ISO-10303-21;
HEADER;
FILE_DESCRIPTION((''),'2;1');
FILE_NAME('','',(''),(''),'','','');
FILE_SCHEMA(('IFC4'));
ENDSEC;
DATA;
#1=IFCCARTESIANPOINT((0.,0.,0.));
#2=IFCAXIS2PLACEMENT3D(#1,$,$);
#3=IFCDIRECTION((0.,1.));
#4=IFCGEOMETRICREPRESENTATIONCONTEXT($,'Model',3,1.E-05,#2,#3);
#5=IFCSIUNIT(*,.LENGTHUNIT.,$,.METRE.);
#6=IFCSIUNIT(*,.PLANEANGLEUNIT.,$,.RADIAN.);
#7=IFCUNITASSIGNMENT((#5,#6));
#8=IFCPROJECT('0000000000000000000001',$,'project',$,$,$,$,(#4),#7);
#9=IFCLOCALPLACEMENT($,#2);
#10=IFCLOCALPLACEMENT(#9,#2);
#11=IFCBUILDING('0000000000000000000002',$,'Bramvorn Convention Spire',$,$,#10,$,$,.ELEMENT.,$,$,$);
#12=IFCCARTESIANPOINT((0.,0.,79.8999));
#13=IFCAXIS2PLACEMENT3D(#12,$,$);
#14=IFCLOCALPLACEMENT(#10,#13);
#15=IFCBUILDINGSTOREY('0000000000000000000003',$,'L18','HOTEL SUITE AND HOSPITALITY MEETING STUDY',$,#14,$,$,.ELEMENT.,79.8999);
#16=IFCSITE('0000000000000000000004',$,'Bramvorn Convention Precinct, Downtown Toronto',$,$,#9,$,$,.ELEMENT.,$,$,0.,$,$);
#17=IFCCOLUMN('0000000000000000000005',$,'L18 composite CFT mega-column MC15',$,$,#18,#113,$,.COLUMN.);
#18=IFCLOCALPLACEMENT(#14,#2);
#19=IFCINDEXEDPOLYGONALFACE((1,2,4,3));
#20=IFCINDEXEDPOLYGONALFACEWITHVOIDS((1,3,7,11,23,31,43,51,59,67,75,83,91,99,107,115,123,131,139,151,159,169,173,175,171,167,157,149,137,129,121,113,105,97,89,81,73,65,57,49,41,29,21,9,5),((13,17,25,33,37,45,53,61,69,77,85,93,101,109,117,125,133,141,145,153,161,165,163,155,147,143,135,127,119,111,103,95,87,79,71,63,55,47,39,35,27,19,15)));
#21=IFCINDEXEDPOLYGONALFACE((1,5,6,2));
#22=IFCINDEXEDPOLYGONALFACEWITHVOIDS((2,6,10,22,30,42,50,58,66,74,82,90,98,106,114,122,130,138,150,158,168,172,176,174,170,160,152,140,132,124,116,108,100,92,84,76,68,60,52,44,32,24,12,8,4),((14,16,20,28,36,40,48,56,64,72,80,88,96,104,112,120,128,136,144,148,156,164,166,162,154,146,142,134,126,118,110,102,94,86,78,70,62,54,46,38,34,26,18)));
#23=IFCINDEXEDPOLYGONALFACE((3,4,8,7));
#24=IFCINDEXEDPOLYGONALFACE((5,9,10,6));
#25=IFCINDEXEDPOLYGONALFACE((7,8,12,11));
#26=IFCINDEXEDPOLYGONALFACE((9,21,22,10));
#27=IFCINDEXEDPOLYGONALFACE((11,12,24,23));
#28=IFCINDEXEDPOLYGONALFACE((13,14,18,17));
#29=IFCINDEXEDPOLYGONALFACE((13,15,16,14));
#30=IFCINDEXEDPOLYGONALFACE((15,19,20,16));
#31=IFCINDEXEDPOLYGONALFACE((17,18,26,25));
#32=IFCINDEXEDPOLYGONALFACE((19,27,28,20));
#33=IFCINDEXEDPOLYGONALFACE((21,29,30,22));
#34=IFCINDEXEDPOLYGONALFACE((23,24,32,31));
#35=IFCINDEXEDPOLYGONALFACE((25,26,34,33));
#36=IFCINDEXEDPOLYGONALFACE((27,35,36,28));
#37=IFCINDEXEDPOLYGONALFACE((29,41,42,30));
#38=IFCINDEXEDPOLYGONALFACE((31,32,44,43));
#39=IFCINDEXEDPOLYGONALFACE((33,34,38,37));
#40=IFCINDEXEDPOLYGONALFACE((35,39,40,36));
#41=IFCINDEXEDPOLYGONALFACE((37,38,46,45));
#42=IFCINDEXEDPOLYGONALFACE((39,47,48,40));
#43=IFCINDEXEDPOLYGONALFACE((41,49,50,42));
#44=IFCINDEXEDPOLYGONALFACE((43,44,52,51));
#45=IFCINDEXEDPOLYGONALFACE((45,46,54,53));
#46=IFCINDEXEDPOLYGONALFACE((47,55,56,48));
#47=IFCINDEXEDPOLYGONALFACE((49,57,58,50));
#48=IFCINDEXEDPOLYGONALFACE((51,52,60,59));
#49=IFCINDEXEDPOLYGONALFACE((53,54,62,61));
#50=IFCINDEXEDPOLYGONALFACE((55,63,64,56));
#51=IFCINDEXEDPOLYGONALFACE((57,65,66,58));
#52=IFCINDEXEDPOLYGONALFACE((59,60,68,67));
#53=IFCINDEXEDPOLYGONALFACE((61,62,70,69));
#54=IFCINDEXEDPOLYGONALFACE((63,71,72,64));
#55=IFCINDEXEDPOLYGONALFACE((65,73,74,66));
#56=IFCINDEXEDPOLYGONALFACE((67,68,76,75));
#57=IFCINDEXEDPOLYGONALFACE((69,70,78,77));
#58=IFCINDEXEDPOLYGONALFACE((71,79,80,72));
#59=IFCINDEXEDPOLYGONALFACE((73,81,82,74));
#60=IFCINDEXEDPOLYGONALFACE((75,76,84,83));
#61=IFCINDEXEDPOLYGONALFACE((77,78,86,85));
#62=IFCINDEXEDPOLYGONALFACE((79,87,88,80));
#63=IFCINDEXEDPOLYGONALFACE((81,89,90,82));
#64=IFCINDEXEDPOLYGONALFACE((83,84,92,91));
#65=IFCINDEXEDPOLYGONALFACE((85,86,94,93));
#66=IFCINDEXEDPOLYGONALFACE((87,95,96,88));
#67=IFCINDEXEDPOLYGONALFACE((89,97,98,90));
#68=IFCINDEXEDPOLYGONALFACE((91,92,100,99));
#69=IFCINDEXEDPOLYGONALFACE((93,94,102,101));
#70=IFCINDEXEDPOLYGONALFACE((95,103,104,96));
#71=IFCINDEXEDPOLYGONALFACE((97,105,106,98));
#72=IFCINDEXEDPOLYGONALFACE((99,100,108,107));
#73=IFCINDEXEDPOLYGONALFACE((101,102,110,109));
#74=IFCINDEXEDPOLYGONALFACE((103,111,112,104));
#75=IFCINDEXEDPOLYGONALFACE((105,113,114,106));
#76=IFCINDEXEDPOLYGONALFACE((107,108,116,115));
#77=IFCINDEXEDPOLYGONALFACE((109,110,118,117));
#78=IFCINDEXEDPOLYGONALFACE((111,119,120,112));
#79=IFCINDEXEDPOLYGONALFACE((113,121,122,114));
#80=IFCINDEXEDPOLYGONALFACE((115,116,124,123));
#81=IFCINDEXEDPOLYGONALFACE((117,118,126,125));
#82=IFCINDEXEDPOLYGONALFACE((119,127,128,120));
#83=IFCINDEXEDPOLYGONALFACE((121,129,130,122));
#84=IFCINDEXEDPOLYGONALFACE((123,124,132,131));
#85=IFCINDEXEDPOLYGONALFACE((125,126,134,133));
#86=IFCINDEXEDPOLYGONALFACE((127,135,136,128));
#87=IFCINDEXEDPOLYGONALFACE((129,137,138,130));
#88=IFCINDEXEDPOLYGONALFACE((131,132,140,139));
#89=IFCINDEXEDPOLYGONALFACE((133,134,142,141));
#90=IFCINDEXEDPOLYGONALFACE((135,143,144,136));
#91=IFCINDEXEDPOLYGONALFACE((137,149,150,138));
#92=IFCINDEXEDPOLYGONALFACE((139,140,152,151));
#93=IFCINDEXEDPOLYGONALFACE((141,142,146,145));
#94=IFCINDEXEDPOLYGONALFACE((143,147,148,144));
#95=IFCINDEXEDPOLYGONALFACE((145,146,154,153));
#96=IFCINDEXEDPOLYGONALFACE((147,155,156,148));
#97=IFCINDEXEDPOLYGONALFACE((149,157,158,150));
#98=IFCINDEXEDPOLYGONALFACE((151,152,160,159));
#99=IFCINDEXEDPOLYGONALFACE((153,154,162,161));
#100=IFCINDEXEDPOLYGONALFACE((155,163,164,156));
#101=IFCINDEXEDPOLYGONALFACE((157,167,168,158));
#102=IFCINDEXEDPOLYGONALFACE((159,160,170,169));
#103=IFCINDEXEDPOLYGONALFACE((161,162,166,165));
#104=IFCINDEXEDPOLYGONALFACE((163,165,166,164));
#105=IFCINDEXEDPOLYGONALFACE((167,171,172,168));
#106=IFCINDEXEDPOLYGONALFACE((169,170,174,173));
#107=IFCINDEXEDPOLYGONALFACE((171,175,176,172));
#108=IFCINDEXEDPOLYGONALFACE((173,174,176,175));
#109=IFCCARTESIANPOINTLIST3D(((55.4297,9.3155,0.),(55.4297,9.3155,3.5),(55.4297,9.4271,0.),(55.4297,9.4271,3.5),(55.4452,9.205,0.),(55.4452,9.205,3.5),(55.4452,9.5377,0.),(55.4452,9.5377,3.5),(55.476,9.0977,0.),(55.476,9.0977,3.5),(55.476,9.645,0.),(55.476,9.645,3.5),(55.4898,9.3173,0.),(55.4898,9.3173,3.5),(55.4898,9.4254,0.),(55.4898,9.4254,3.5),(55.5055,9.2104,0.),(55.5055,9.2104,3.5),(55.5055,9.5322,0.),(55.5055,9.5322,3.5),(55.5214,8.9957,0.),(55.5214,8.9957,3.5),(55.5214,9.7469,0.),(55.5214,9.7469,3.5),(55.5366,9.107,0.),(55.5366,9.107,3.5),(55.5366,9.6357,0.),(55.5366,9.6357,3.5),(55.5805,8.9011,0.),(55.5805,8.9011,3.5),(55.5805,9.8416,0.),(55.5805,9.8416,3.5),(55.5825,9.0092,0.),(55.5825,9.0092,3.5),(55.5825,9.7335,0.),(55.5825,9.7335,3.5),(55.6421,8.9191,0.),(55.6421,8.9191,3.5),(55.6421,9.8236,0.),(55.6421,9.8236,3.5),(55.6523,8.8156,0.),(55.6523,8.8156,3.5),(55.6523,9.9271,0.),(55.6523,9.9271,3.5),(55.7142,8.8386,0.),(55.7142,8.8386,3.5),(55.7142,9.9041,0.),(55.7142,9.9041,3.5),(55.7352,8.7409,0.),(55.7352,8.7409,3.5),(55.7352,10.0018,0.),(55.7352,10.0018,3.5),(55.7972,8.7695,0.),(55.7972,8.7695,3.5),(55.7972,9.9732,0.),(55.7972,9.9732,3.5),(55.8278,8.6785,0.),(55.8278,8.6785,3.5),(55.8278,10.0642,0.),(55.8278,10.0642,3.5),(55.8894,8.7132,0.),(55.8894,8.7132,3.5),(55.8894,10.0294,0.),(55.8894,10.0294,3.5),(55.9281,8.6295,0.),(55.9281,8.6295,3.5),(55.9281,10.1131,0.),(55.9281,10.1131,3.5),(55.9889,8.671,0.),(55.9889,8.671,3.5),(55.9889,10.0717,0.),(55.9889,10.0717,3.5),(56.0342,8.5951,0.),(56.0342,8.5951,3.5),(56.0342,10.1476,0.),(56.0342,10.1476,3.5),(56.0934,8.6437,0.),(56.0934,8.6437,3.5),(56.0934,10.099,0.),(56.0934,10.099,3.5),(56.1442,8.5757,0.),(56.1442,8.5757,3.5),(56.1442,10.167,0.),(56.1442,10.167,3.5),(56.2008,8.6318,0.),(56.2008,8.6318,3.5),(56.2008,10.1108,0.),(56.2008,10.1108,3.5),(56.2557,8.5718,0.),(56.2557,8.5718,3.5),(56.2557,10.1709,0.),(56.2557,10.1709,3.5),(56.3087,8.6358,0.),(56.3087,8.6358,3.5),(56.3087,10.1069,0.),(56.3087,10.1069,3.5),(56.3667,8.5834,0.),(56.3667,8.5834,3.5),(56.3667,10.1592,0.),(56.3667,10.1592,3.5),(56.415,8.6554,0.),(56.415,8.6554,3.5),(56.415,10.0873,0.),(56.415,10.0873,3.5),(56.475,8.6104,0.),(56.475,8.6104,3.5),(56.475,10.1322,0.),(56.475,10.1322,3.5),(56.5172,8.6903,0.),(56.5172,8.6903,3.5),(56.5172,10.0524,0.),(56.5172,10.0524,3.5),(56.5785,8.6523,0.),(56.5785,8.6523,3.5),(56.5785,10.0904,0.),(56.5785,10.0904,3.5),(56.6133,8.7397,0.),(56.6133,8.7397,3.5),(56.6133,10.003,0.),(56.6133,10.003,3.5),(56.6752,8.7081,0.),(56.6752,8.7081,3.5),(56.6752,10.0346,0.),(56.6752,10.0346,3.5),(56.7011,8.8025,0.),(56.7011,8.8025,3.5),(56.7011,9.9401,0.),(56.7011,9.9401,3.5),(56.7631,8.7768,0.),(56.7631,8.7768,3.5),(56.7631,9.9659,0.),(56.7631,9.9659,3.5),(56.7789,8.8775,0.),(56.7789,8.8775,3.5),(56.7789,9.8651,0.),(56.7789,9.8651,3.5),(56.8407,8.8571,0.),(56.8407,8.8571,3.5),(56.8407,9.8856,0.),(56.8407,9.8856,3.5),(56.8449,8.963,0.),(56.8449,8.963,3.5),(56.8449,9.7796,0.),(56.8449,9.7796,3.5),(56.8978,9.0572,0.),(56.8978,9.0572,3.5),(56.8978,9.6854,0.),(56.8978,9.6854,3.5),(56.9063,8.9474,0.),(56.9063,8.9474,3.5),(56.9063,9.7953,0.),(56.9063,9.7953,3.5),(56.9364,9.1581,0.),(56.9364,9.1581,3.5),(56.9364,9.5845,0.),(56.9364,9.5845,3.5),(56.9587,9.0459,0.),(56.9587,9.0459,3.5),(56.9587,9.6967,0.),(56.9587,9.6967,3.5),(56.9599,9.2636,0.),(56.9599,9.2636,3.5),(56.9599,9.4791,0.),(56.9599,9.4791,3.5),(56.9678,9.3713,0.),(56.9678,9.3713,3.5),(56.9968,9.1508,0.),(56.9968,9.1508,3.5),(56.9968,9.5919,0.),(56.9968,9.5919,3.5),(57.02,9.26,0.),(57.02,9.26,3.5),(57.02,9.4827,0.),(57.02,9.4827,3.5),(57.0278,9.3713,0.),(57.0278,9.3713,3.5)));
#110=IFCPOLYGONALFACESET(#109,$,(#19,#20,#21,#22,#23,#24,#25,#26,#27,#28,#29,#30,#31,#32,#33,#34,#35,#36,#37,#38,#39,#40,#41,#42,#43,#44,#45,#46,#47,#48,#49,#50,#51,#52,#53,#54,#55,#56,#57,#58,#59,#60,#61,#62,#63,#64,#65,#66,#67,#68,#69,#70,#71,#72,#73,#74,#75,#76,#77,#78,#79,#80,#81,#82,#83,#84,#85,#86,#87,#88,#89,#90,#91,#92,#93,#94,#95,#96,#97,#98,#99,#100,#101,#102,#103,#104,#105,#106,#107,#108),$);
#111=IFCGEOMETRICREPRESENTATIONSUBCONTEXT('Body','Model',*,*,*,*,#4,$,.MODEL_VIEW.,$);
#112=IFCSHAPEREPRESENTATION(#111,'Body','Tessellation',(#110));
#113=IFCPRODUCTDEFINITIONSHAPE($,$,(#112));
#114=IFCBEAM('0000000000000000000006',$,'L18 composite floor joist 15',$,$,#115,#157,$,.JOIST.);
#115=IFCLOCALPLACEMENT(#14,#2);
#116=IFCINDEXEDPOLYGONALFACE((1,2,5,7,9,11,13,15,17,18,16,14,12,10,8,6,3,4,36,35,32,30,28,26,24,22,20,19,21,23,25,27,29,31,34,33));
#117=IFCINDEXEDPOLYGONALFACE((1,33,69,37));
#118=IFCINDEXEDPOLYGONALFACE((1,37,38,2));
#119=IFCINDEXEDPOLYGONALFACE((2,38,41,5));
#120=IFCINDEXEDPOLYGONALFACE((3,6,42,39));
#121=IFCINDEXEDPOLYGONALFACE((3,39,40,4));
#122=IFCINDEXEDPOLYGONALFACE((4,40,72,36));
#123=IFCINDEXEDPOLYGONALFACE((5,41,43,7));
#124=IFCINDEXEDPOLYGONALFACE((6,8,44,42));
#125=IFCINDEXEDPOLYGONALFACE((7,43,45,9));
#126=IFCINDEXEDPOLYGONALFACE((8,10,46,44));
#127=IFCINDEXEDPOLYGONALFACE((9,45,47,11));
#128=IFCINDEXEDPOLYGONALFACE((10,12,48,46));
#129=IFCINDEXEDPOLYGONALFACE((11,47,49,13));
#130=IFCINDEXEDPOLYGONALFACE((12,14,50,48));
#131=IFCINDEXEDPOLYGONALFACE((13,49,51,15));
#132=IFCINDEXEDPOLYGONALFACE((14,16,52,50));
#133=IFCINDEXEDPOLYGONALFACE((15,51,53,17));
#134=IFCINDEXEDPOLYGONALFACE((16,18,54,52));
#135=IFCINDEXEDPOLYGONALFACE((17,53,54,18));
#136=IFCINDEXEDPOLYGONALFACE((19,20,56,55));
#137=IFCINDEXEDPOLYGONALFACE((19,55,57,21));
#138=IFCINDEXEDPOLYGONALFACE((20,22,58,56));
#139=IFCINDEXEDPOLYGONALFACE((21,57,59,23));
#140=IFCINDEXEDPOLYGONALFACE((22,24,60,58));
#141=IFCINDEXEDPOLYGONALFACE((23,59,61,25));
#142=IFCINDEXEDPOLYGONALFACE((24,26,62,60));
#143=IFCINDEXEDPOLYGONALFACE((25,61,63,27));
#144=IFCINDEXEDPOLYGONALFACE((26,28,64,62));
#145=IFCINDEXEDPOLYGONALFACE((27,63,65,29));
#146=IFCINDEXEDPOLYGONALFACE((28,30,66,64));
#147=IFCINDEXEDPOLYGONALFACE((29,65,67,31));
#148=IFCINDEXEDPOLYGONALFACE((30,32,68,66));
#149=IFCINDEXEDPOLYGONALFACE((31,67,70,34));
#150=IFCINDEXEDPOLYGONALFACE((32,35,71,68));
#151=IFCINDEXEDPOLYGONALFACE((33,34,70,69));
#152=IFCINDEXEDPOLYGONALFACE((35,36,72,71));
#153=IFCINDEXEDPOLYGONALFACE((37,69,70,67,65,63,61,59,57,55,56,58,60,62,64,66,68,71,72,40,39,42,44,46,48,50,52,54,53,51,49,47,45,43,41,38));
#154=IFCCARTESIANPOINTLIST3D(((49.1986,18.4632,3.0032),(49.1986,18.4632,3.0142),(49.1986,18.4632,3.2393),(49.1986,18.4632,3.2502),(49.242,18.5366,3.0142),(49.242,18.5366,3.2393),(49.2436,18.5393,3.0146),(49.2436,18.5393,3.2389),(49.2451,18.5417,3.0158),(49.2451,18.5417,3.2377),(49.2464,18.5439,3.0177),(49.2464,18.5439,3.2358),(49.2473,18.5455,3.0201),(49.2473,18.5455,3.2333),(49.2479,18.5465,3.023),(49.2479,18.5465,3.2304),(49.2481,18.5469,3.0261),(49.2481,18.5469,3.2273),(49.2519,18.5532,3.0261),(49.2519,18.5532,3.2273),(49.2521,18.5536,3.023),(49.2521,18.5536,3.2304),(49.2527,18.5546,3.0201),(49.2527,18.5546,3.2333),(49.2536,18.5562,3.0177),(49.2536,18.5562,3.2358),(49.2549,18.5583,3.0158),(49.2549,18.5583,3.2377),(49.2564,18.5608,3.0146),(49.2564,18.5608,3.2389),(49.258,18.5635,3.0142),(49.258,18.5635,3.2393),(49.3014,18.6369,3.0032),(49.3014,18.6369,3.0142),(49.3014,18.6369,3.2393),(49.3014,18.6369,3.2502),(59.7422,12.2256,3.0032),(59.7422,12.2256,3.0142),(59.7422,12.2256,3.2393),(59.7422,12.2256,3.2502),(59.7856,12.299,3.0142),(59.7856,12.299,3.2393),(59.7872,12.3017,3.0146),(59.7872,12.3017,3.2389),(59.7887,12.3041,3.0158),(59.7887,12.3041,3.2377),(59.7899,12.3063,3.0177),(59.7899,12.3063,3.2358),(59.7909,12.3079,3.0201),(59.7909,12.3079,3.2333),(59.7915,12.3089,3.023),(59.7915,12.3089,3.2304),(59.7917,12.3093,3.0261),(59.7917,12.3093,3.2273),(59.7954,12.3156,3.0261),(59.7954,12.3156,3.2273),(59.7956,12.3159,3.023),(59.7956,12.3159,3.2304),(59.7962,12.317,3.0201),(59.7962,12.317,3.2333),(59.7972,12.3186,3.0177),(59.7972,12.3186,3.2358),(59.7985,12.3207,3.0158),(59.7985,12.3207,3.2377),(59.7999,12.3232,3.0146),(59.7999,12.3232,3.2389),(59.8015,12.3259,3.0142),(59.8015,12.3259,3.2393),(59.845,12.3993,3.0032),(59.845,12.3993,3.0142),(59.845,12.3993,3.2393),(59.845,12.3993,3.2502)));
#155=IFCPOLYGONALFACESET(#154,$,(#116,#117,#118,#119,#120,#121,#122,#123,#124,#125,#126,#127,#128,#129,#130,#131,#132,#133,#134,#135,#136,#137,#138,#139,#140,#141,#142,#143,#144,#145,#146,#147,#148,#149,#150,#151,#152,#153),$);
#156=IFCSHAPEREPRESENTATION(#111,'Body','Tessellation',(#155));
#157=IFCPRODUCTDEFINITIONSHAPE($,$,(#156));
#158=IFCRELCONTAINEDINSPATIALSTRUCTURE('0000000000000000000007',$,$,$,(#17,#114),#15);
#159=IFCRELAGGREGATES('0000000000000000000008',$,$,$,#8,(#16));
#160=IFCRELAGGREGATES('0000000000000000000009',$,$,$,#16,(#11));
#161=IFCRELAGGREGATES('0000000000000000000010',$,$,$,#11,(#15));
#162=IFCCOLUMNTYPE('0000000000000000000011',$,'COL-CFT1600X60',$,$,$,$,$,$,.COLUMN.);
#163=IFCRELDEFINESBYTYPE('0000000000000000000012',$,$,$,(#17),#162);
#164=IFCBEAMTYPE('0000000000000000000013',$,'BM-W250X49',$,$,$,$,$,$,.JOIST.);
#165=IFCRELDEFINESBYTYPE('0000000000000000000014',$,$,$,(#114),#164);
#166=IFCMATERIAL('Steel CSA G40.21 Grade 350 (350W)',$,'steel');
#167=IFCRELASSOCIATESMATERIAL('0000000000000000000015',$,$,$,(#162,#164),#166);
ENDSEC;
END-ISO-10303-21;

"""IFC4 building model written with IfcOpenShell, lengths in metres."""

from ifc_helpers import new_model, si_unit, direction, frame, origin, origin_2d, place, context, subcontext, project, spatial, hollow_circle, i_section, extrude, material, material_profile, profile_set, type_object, element, save


model = new_model("IFC4")

# Units and contexts
model_context = context("Model", 3, precision=1e-05, world=origin(), true_north=direction((0.0, 1.0)))
body_context = subcontext(model_context, "Body", "Model", "MODEL_VIEW")
ifc_project = project(units=[si_unit("LENGTHUNIT", "METRE"), si_unit("PLANEANGLEUNIT", "RADIAN")], contexts=[model_context])

# Site, building, storey
site_placement = place(None, origin())
site = spatial("IfcSite", under=ifc_project, at=site_placement, Name="Bramvorn Convention Precinct, Downtown Toronto", CompositionType="ELEMENT", RefElevation=0.0)
building_placement = place(site_placement, origin())
building = spatial("IfcBuilding", under=site, at=building_placement, Name="Bramvorn Convention Spire", CompositionType="ELEMENT")
storey_placement = place(building_placement, frame((0.0, 0.0, 79.8999)))
storey = spatial("IfcBuildingStorey", under=building, at=storey_placement, Name="L18", Description="HOTEL SUITE AND HOSPITALITY MEETING STUDY", CompositionType="ELEMENT", Elevation=79.8999)

# Column
ifc_material_1 = material(Name="Steel CSA G40.21 Grade 350 (350W)", Category="steel")
ifc_material_profile_1 = material_profile(ifc_material_1, hollow_circle(Radius=0.8, WallThickness=0.0601, at=origin_2d()))
ifc_profile_set_1 = profile_set([ifc_material_profile_1], Name="Steel CSA G40.21 Grade 350 (350W) - CFT1600X60")
column_type = type_object("IfcColumnType", Name="COL-CFT1600X60", PredefinedType="COLUMN", material=ifc_profile_set_1)
column_placement = place(storey_placement, frame((56.2278, 9.3713, 0.0), z_axis=(0.0, 0.0, 1.0), x_axis=(1.0, 0.0, 0.0)))
element("IfcColumn", 1, at=column_placement, inside=storey, type_object=column_type, Name="L18 composite CFT mega-column MC15", PredefinedType="COLUMN", context=body_context, shape_type="SweptSolid", body=[
    extrude(hollow_circle(Radius=0.8, WallThickness=0.0601, at=origin_2d()), origin(), (0.0, 0.0, 1.0), 3.5),
])

# Beam
ifc_material_profile_2 = material_profile(ifc_material_1, i_section(OverallWidth=0.2019, OverallDepth=0.2471, WebThickness=0.0073, FlangeThickness=0.011, FilletRadius=0.012, at=origin_2d()))
ifc_profile_set_2 = profile_set([ifc_material_profile_2], Name="Steel CSA G40.21 Grade 350 (350W) - W250X49")
beam_type_1 = type_object("IfcBeamType", Name="BM-W250X49", PredefinedType="JOIST", material=ifc_profile_set_2)
beam_1_placement = place(storey_placement, frame((49.25, 18.55, 3.1267), z_axis=(0.860665, -0.509172, 0.0), x_axis=(0.509172, 0.860665, 0.0)))
element("IfcBeam", 2, at=beam_1_placement, inside=storey, type_object=beam_type_1, Name="L18 composite floor joist 15", PredefinedType="JOIST", context=body_context, shape_type="SweptSolid", body=[
    extrude(i_section(OverallWidth=0.2019, OverallDepth=0.2471, WebThickness=0.0073, FlangeThickness=0.011, FilletRadius=0.012, at=origin_2d()), origin(), (0.0, 0.0, 1.0), 12.2505),
])

save(model, "model.ifc")
